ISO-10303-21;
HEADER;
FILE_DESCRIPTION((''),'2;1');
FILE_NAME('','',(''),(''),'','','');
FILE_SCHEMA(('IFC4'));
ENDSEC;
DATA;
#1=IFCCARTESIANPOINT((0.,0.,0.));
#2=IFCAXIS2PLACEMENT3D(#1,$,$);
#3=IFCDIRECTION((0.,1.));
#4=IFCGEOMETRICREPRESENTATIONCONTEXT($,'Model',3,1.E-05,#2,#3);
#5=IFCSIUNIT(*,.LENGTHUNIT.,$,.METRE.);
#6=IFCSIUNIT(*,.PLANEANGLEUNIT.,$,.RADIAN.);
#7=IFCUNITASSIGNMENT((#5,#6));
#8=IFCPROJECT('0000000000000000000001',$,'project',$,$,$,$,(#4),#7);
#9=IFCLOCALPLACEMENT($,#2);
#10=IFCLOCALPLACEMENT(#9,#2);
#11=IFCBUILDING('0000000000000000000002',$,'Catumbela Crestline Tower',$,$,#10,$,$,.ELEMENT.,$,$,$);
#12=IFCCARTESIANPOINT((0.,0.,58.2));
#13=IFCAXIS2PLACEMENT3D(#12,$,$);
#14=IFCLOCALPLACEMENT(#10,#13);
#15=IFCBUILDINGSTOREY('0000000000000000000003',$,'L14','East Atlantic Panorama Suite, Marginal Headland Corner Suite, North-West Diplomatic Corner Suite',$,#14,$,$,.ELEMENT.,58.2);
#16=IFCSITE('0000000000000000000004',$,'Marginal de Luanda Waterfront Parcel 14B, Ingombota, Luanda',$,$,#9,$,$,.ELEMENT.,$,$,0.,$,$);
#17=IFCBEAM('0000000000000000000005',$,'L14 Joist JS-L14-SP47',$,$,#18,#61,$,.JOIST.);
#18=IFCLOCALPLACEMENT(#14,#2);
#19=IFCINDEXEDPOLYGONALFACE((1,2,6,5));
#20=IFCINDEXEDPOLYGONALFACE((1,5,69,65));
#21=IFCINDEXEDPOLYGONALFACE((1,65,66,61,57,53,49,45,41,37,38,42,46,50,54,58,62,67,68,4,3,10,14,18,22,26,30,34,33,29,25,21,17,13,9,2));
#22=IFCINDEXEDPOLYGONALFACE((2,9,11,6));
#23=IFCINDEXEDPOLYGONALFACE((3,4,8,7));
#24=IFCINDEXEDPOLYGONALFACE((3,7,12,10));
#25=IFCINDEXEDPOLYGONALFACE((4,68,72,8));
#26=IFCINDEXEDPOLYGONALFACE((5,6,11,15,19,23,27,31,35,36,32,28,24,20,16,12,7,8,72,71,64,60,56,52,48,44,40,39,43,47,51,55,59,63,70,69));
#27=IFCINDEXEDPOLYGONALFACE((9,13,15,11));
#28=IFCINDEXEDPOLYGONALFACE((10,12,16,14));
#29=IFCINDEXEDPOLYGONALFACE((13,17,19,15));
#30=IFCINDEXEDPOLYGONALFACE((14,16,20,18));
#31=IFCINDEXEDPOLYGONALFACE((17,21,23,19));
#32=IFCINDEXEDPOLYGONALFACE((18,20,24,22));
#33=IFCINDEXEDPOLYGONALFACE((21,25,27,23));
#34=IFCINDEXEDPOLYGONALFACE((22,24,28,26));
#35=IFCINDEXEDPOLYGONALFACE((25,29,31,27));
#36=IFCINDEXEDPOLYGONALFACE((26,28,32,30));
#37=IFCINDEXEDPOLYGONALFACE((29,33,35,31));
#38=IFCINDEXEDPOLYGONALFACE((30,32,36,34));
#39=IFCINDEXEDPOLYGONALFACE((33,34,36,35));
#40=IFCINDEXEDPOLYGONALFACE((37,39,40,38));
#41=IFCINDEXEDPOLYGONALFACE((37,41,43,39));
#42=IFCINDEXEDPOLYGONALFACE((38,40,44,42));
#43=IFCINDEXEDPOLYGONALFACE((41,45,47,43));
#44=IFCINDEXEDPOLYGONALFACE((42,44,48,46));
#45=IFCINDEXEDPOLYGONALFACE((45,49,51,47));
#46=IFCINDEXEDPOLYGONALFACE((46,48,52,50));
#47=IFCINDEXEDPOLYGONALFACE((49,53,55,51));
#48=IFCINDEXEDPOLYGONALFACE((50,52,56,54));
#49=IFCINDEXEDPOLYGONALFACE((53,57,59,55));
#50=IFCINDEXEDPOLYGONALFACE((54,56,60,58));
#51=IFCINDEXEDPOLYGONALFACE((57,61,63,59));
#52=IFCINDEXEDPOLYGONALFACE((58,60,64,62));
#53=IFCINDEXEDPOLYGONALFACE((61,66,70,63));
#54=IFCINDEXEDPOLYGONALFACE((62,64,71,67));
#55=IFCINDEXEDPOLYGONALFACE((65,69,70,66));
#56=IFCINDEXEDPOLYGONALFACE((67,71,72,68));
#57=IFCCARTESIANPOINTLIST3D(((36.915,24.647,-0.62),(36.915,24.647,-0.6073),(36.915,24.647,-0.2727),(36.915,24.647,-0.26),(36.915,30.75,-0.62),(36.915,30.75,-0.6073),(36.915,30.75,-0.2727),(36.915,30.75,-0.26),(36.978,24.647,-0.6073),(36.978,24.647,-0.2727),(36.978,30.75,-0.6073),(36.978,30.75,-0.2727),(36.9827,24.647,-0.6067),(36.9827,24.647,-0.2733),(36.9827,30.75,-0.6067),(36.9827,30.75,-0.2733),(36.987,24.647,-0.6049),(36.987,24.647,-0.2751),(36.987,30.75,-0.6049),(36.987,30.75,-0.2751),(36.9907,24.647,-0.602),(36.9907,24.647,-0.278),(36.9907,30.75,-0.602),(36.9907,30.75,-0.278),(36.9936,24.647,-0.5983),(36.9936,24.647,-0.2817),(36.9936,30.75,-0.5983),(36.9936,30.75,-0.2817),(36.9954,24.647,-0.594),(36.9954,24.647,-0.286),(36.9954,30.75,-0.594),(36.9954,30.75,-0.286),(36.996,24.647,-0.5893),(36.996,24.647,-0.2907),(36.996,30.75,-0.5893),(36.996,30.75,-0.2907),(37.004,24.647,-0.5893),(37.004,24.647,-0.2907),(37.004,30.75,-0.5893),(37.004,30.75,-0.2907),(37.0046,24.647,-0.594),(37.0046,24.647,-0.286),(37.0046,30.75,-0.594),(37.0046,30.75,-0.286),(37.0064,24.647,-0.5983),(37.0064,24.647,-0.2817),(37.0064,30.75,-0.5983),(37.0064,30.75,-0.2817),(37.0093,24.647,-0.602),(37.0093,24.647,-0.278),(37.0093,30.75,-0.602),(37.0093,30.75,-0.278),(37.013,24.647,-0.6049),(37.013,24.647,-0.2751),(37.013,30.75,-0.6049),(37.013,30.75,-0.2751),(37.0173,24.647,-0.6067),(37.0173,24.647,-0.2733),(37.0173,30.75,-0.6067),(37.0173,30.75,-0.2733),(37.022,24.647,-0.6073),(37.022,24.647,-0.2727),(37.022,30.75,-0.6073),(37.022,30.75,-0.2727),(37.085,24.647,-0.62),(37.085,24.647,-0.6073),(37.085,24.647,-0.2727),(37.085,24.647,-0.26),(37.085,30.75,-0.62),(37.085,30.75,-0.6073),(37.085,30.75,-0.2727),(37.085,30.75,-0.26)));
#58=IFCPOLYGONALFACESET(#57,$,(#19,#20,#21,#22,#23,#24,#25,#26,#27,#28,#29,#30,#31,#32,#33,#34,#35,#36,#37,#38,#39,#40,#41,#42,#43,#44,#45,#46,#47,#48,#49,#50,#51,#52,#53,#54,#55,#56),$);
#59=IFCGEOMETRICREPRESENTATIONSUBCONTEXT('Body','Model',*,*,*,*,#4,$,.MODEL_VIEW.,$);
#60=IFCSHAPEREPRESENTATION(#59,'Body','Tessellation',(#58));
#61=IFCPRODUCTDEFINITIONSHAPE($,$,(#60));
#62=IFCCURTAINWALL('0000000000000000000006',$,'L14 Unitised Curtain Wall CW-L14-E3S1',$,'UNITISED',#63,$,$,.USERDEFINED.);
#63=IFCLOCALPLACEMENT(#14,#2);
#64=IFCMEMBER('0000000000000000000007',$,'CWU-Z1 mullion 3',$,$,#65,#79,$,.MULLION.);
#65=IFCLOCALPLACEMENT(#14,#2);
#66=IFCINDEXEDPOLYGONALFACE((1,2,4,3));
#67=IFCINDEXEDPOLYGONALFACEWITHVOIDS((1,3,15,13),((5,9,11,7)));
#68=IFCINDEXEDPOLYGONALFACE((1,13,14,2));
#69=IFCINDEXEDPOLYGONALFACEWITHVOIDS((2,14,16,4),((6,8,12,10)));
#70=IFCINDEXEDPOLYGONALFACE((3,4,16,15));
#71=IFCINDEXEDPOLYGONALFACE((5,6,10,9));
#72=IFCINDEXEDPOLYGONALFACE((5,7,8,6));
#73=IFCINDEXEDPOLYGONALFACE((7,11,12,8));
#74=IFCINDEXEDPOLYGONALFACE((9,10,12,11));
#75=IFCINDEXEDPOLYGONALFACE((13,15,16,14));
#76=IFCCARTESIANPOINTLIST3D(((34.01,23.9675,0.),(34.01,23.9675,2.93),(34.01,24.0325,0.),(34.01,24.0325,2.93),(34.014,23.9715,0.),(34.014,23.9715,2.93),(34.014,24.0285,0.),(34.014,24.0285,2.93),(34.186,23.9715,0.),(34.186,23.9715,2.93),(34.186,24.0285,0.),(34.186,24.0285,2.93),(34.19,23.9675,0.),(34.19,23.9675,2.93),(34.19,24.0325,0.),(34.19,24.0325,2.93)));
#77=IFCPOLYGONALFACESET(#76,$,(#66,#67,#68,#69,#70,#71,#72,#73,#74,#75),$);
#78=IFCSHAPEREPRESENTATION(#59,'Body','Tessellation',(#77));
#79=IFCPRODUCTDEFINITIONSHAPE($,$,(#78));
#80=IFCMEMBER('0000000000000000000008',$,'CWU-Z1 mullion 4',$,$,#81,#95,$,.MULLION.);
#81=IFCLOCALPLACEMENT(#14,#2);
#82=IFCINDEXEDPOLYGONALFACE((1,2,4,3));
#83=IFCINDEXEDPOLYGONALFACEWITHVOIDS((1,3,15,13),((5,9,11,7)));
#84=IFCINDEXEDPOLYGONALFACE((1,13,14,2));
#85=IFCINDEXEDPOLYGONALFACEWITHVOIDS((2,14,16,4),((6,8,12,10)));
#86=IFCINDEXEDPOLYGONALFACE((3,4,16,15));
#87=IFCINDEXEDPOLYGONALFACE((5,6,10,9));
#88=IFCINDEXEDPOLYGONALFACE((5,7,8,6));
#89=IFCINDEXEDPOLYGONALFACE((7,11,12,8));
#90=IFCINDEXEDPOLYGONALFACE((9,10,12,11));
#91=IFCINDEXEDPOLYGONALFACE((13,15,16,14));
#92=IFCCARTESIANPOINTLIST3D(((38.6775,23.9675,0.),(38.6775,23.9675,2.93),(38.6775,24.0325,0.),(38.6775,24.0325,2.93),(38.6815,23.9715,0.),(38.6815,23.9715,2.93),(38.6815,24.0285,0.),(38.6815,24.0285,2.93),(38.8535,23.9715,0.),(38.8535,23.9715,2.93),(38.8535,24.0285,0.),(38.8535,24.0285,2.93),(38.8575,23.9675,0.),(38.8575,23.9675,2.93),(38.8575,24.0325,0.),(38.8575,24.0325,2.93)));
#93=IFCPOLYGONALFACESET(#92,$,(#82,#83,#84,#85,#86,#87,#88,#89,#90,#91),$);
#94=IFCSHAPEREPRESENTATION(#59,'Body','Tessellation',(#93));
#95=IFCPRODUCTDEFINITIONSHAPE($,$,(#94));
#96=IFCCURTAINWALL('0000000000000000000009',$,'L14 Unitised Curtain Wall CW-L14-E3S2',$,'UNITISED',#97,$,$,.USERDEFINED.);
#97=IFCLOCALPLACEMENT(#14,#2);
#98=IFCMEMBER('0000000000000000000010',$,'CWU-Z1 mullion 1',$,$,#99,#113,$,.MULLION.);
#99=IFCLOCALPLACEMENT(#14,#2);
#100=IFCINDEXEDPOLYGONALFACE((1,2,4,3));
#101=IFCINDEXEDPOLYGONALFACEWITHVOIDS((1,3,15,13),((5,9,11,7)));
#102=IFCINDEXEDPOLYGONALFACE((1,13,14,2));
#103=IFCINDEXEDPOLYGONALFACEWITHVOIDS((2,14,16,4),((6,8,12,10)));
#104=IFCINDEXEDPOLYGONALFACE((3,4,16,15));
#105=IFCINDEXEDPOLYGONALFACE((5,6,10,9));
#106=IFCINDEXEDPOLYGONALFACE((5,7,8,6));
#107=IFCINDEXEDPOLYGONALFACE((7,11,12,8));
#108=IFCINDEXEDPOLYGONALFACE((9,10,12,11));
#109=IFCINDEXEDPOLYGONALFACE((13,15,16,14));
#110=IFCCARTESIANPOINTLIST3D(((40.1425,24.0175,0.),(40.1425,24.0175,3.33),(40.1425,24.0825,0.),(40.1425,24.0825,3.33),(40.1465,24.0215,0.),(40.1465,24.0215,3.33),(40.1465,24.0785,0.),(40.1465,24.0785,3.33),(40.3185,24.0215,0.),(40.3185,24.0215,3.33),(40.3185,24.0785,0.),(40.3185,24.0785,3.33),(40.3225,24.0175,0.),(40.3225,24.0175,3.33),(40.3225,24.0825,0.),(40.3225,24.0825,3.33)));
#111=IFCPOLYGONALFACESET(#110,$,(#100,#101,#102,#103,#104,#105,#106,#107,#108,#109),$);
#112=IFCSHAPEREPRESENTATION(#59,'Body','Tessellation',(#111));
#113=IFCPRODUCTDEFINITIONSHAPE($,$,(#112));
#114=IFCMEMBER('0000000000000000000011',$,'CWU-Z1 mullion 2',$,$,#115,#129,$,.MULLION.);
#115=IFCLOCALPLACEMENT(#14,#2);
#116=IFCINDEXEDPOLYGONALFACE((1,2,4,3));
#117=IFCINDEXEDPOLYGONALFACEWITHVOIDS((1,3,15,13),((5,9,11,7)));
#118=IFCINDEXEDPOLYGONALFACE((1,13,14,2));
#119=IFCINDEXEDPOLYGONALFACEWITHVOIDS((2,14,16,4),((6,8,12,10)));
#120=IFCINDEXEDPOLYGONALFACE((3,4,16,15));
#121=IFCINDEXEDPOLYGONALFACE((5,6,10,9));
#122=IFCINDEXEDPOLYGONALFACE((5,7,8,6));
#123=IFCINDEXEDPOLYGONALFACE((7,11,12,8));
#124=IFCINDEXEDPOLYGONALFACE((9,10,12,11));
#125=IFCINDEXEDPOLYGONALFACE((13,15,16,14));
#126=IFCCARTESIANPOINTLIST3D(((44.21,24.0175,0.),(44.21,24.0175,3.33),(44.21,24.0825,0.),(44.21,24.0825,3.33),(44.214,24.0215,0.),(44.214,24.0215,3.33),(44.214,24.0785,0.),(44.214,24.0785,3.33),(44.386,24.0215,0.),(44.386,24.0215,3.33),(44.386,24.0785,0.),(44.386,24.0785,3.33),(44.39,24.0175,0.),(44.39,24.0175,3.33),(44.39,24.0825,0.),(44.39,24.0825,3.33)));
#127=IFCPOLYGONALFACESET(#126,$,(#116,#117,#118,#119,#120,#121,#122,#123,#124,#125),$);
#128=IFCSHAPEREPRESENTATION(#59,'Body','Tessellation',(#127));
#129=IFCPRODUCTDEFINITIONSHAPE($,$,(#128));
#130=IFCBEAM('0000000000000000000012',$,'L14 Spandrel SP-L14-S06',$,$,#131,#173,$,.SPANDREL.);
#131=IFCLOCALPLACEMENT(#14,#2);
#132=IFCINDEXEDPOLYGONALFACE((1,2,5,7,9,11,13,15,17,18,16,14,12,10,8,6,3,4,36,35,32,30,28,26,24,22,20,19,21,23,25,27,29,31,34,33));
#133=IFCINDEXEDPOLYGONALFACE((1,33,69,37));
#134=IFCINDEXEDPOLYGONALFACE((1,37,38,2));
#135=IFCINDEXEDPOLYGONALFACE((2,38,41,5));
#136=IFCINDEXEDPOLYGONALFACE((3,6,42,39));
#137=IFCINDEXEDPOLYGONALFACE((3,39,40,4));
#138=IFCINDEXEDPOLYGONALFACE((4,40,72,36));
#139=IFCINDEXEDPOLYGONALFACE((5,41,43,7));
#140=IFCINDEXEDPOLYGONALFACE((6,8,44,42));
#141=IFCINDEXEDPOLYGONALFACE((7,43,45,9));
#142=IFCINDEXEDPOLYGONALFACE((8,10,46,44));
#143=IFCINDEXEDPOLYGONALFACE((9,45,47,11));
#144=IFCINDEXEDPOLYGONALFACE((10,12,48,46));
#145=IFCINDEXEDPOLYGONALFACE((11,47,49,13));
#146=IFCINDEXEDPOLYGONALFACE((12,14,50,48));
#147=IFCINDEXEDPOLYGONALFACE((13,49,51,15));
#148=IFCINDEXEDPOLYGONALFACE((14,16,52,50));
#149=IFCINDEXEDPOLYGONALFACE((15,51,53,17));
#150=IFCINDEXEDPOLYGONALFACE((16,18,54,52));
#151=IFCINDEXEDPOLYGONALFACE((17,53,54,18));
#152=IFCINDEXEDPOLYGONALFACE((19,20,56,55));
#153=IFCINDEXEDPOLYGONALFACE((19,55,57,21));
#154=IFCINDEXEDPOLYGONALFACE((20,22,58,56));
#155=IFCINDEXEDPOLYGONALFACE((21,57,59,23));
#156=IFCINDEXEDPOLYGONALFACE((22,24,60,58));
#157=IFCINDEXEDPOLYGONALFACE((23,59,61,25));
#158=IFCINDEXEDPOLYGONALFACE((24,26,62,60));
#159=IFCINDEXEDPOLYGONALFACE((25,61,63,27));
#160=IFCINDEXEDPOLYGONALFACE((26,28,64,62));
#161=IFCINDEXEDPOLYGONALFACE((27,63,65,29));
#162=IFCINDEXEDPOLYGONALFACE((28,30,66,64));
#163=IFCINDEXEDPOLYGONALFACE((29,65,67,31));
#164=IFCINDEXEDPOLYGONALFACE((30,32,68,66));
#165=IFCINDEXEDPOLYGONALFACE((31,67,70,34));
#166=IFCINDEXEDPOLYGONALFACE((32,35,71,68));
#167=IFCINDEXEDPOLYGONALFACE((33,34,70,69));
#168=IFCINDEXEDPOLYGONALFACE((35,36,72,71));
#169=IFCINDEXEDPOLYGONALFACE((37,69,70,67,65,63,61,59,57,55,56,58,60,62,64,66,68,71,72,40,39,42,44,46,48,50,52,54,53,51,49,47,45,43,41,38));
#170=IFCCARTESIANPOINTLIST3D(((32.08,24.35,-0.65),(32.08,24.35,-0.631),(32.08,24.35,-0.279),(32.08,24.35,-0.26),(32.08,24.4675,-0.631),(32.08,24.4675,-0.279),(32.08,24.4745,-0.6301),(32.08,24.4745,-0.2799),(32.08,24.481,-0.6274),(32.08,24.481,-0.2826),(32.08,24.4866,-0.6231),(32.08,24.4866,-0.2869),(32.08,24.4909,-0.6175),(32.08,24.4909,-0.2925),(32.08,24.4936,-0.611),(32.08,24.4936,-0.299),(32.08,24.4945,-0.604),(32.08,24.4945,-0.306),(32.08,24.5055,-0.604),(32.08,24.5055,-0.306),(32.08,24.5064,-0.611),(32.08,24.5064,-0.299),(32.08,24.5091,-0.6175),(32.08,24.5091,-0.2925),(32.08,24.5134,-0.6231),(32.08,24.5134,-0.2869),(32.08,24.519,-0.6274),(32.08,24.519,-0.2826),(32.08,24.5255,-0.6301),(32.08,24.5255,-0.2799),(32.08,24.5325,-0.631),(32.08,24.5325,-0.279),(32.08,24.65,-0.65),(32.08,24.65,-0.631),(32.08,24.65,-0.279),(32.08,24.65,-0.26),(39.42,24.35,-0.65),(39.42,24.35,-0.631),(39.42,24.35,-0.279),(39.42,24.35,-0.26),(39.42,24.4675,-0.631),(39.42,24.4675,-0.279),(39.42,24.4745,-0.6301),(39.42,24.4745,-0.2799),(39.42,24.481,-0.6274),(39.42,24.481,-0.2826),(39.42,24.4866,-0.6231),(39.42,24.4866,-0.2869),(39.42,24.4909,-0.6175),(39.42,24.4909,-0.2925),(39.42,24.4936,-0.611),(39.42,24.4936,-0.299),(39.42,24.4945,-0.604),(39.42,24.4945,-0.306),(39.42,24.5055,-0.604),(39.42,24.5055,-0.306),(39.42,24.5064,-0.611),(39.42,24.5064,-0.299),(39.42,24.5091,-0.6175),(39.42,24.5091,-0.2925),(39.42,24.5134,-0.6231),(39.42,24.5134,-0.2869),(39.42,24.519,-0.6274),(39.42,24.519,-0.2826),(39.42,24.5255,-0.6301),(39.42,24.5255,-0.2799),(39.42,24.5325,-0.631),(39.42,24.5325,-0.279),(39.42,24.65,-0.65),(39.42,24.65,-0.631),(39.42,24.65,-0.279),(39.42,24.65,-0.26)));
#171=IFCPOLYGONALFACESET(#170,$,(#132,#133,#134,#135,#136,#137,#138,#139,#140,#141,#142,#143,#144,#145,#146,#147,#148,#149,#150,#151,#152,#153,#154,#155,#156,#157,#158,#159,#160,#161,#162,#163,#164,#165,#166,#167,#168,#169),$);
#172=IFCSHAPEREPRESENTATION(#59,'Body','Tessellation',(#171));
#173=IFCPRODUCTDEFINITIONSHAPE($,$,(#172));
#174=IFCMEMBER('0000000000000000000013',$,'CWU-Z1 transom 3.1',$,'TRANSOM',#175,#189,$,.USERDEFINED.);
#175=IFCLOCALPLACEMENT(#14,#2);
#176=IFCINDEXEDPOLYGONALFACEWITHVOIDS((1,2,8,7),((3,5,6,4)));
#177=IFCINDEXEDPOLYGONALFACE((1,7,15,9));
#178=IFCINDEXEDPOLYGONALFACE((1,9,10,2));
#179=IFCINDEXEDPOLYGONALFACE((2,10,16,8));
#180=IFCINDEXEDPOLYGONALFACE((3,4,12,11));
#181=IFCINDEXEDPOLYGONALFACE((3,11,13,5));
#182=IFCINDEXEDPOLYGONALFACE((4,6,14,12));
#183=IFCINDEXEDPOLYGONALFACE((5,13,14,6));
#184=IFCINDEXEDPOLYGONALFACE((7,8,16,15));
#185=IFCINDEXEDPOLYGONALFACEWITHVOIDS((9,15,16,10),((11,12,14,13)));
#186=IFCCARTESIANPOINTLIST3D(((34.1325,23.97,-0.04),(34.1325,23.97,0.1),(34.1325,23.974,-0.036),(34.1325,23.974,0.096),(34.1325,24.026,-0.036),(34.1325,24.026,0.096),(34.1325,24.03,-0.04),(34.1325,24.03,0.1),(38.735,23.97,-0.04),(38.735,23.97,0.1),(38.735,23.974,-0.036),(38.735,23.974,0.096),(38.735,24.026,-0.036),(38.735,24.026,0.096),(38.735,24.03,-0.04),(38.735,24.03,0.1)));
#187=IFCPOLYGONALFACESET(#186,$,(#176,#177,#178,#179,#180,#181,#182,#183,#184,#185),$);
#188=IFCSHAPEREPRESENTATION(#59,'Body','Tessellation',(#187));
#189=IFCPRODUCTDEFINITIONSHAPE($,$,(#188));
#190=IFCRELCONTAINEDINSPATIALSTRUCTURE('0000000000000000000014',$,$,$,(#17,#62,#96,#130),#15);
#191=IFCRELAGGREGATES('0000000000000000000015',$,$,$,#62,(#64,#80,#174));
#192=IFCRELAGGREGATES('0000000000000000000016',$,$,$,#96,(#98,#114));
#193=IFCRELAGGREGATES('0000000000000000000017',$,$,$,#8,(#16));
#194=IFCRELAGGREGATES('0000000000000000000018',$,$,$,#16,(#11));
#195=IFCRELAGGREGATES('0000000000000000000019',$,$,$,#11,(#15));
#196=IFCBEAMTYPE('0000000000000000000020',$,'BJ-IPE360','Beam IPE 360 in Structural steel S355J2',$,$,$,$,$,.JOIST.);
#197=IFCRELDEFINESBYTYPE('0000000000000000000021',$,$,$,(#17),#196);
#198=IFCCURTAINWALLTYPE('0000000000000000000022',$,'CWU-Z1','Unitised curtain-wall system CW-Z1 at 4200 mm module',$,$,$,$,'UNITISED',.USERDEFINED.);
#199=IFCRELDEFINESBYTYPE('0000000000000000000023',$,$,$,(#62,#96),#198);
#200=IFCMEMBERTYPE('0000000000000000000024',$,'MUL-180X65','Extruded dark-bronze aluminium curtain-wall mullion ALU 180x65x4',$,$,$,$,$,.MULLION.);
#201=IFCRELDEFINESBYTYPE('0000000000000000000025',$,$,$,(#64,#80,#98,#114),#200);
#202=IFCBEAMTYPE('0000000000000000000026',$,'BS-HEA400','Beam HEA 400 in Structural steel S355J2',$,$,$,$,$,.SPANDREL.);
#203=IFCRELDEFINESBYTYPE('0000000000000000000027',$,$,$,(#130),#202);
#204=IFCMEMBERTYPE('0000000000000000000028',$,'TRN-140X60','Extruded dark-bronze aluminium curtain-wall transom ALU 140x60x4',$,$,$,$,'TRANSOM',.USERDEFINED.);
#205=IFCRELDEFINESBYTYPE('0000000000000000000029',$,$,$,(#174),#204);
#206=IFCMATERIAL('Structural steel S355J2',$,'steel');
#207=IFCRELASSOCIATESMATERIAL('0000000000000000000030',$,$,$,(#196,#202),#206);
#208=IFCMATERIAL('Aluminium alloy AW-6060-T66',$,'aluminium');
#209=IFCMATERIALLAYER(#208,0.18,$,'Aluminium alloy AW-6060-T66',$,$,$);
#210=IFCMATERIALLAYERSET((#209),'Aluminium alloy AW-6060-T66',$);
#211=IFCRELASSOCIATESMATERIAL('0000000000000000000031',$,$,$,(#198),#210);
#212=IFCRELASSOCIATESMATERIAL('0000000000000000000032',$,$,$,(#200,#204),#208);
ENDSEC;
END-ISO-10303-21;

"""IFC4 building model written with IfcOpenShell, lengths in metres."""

from ifc_helpers import new_model, si_unit, direction, frame, origin, origin_2d, place, context, subcontext, project, spatial, hollow_rectangle, i_section, extrude, material, layer, layer_set, material_profile, profile_set, type_object, element, aggregate, save


model = new_model("IFC4")

# Units and contexts
model_context = context("Model", 3, precision=1e-05, world=origin(), true_north=direction((0.0, 1.0)))
body_context = subcontext(model_context, "Body", "Model", "MODEL_VIEW")
ifc_project = project(units=[si_unit("LENGTHUNIT", "METRE"), si_unit("PLANEANGLEUNIT", "RADIAN")], contexts=[model_context])

# Site, building, storey
site_placement = place(None, origin())
site = spatial("IfcSite", under=ifc_project, at=site_placement, Name="Marginal de Luanda Waterfront Parcel 14B, Ingombota, Luanda", CompositionType="ELEMENT", RefElevation=0.0)
building_placement = place(site_placement, origin())
building = spatial("IfcBuilding", under=site, at=building_placement, Name="Catumbela Crestline Tower", CompositionType="ELEMENT")
storey_placement = place(building_placement, frame((0.0, 0.0, 58.2)))
storey = spatial("IfcBuildingStorey", under=building, at=storey_placement, Name="L14", Description="East Atlantic Panorama Suite, Marginal Headland Corner Suite, North-West Diplomatic Corner Suite", CompositionType="ELEMENT", Elevation=58.2)

# Beam
ifc_material_1 = material(Name="Structural steel S355J2", Category="steel")
ifc_material_profile_1 = material_profile(ifc_material_1, i_section(OverallWidth=0.17, OverallDepth=0.36, WebThickness=0.008, FlangeThickness=0.0127, FilletRadius=0.018, at=origin_2d()), Name="IPE 360")
ifc_profile_set_1 = profile_set([ifc_material_profile_1], Name="Structural steel S355J2")
beam_type_1 = type_object("IfcBeamType", Name="BJ-IPE360", Description="Beam IPE 360 in Structural steel S355J2", PredefinedType="JOIST", material=ifc_profile_set_1)
for number, where, z_axis, x_axis, name in (
    (1, (37.0, 24.647, -0.44), (0.0, 1.0, 0.0), (-1.0, 0.0, 0.0), "L14 Joist JS-L14-SP47"),
):
    element("IfcBeam", number, at=place(storey_placement, frame(where, z_axis=z_axis, x_axis=x_axis)), inside=storey, type_object=beam_type_1, Name=name, PredefinedType="JOIST", context=body_context, shape_type="SweptSolid", body=[
        extrude(i_section(OverallWidth=0.17, OverallDepth=0.36, WebThickness=0.008, FlangeThickness=0.0127, FilletRadius=0.018, at=origin_2d()), origin(), (0.0, 0.0, 1.0), 6.103),
    ])

# Curtain walls, members
ifc_material_2 = material(Name="Aluminium alloy AW-6060-T66", Category="aluminium")
ifc_layer_1 = layer(ifc_material_2, 0.18, Name="Aluminium alloy AW-6060-T66")
ifc_layer_set_1 = layer_set([ifc_layer_1], Name="Aluminium alloy AW-6060-T66")
curtain_wall_type = type_object("IfcCurtainWallType", Name="CWU-Z1", Description="Unitised curtain-wall system CW-Z1 at 4200 mm module", ElementType="UNITISED", PredefinedType="USERDEFINED", material=ifc_layer_set_1)
curtain_wall_1_placement = place(storey_placement, origin())
curtain_wall_1 = element("IfcCurtainWall", 2, at=curtain_wall_1_placement, inside=storey, type_object=curtain_wall_type, Name="L14 Unitised Curtain Wall CW-L14-E3S1", ObjectType="UNITISED", PredefinedType="USERDEFINED")
ifc_material_profile_2 = material_profile(ifc_material_2, hollow_rectangle(XDim=0.065, YDim=0.18, WallThickness=0.004, at=origin_2d()), Name="ALU 180x65x4")
ifc_profile_set_2 = profile_set([ifc_material_profile_2], Name="Aluminium alloy AW-6060-T66")
member_type_1 = type_object("IfcMemberType", Name="MUL-180X65", Description="Extruded dark-bronze aluminium curtain-wall mullion ALU 180x65x4", PredefinedType="MULLION", material=ifc_profile_set_2)
member_1_placement = place(storey_placement, frame((34.1, 24.0, 0.0), z_axis=(0.0, 0.0, 1.0), x_axis=(0.0, 1.0, 0.0)))
member_1 = element("IfcMember", 3, at=member_1_placement, type_object=member_type_1, Name="CWU-Z1 mullion 3", PredefinedType="MULLION", context=body_context, shape_type="SweptSolid", body=[
    extrude(hollow_rectangle(XDim=0.065, YDim=0.18, WallThickness=0.004, at=origin_2d()), origin(), (0.0, 0.0, 1.0), 2.93),
])
member_2_placement = place(storey_placement, frame((38.7675, 24.0, 0.0), z_axis=(0.0, 0.0, 1.0), x_axis=(0.0, 1.0, 0.0)))
member_2 = element("IfcMember", 4, at=member_2_placement, type_object=member_type_1, Name="CWU-Z1 mullion 4", PredefinedType="MULLION", context=body_context, shape_type="SweptSolid", body=[
    extrude(hollow_rectangle(XDim=0.065, YDim=0.18, WallThickness=0.004, at=origin_2d()), origin(), (0.0, 0.0, 1.0), 2.93),
])
curtain_wall_2_placement = place(storey_placement, origin())
curtain_wall_2 = element("IfcCurtainWall", 5, at=curtain_wall_2_placement, inside=storey, type_object=curtain_wall_type, Name="L14 Unitised Curtain Wall CW-L14-E3S2", ObjectType="UNITISED", PredefinedType="USERDEFINED")
member_3_placement = place(storey_placement, frame((40.2325, 24.05, 0.0), z_axis=(0.0, 0.0, 1.0), x_axis=(0.0, 1.0, 0.0)))
member_3 = element("IfcMember", 6, at=member_3_placement, type_object=member_type_1, Name="CWU-Z1 mullion 1", PredefinedType="MULLION", context=body_context, shape_type="SweptSolid", body=[
    extrude(hollow_rectangle(XDim=0.065, YDim=0.18, WallThickness=0.004, at=origin_2d()), origin(), (0.0, 0.0, 1.0), 3.33),
])
member_4_placement = place(storey_placement, frame((44.3, 24.05, 0.0), z_axis=(0.0, 0.0, 1.0), x_axis=(0.0, 1.0, 0.0)))
member_4 = element("IfcMember", 7, at=member_4_placement, type_object=member_type_1, Name="CWU-Z1 mullion 2", PredefinedType="MULLION", context=body_context, shape_type="SweptSolid", body=[
    extrude(hollow_rectangle(XDim=0.065, YDim=0.18, WallThickness=0.004, at=origin_2d()), origin(), (0.0, 0.0, 1.0), 3.33),
])

# Beam
ifc_material_profile_3 = material_profile(ifc_material_1, i_section(OverallWidth=0.3, OverallDepth=0.39, WebThickness=0.011, FlangeThickness=0.019, FilletRadius=0.027, at=origin_2d()), Name="HEA 400")
ifc_profile_set_3 = profile_set([ifc_material_profile_3], Name="Structural steel S355J2")
beam_type_2 = type_object("IfcBeamType", Name="BS-HEA400", Description="Beam HEA 400 in Structural steel S355J2", PredefinedType="SPANDREL", material=ifc_profile_set_3)
beam_1_placement = place(storey_placement, frame((32.08, 24.5, -0.455), z_axis=(1.0, 0.0, 0.0), x_axis=(0.0, 1.0, 0.0)))
element("IfcBeam", 8, at=beam_1_placement, inside=storey, type_object=beam_type_2, Name="L14 Spandrel SP-L14-S06", PredefinedType="SPANDREL", context=body_context, shape_type="SweptSolid", body=[
    extrude(i_section(OverallWidth=0.3, OverallDepth=0.39, WebThickness=0.011, FlangeThickness=0.019, FilletRadius=0.027, at=origin_2d()), origin(), (0.0, 0.0, 1.0), 7.34),
])

# Member
ifc_material_profile_4 = material_profile(ifc_material_2, hollow_rectangle(XDim=0.06, YDim=0.14, WallThickness=0.004, at=origin_2d()), Name="ALU 140x60x4")
ifc_profile_set_4 = profile_set([ifc_material_profile_4], Name="Aluminium alloy AW-6060-T66")
member_type_2 = type_object("IfcMemberType", Name="TRN-140X60", Description="Extruded dark-bronze aluminium curtain-wall transom ALU 140x60x4", ElementType="TRANSOM", PredefinedType="USERDEFINED", material=ifc_profile_set_4)
member_5_placement = place(storey_placement, frame((34.1325, 24.0, 0.03), z_axis=(1.0, 0.0, 0.0), x_axis=(0.0, 1.0, 0.0)))
member_5 = element("IfcMember", 9, at=member_5_placement, type_object=member_type_2, Name="CWU-Z1 transom 3.1", ObjectType="TRANSOM", PredefinedType="USERDEFINED", context=body_context, shape_type="SweptSolid", body=[
    extrude(hollow_rectangle(XDim=0.06, YDim=0.14, WallThickness=0.004, at=origin_2d()), origin(), (0.0, 0.0, 1.0), 4.6025),
])

aggregate(curtain_wall_1, [member_1, member_2, member_5])
aggregate(curtain_wall_2, [member_3, member_4])

save(model, "model.ifc")
